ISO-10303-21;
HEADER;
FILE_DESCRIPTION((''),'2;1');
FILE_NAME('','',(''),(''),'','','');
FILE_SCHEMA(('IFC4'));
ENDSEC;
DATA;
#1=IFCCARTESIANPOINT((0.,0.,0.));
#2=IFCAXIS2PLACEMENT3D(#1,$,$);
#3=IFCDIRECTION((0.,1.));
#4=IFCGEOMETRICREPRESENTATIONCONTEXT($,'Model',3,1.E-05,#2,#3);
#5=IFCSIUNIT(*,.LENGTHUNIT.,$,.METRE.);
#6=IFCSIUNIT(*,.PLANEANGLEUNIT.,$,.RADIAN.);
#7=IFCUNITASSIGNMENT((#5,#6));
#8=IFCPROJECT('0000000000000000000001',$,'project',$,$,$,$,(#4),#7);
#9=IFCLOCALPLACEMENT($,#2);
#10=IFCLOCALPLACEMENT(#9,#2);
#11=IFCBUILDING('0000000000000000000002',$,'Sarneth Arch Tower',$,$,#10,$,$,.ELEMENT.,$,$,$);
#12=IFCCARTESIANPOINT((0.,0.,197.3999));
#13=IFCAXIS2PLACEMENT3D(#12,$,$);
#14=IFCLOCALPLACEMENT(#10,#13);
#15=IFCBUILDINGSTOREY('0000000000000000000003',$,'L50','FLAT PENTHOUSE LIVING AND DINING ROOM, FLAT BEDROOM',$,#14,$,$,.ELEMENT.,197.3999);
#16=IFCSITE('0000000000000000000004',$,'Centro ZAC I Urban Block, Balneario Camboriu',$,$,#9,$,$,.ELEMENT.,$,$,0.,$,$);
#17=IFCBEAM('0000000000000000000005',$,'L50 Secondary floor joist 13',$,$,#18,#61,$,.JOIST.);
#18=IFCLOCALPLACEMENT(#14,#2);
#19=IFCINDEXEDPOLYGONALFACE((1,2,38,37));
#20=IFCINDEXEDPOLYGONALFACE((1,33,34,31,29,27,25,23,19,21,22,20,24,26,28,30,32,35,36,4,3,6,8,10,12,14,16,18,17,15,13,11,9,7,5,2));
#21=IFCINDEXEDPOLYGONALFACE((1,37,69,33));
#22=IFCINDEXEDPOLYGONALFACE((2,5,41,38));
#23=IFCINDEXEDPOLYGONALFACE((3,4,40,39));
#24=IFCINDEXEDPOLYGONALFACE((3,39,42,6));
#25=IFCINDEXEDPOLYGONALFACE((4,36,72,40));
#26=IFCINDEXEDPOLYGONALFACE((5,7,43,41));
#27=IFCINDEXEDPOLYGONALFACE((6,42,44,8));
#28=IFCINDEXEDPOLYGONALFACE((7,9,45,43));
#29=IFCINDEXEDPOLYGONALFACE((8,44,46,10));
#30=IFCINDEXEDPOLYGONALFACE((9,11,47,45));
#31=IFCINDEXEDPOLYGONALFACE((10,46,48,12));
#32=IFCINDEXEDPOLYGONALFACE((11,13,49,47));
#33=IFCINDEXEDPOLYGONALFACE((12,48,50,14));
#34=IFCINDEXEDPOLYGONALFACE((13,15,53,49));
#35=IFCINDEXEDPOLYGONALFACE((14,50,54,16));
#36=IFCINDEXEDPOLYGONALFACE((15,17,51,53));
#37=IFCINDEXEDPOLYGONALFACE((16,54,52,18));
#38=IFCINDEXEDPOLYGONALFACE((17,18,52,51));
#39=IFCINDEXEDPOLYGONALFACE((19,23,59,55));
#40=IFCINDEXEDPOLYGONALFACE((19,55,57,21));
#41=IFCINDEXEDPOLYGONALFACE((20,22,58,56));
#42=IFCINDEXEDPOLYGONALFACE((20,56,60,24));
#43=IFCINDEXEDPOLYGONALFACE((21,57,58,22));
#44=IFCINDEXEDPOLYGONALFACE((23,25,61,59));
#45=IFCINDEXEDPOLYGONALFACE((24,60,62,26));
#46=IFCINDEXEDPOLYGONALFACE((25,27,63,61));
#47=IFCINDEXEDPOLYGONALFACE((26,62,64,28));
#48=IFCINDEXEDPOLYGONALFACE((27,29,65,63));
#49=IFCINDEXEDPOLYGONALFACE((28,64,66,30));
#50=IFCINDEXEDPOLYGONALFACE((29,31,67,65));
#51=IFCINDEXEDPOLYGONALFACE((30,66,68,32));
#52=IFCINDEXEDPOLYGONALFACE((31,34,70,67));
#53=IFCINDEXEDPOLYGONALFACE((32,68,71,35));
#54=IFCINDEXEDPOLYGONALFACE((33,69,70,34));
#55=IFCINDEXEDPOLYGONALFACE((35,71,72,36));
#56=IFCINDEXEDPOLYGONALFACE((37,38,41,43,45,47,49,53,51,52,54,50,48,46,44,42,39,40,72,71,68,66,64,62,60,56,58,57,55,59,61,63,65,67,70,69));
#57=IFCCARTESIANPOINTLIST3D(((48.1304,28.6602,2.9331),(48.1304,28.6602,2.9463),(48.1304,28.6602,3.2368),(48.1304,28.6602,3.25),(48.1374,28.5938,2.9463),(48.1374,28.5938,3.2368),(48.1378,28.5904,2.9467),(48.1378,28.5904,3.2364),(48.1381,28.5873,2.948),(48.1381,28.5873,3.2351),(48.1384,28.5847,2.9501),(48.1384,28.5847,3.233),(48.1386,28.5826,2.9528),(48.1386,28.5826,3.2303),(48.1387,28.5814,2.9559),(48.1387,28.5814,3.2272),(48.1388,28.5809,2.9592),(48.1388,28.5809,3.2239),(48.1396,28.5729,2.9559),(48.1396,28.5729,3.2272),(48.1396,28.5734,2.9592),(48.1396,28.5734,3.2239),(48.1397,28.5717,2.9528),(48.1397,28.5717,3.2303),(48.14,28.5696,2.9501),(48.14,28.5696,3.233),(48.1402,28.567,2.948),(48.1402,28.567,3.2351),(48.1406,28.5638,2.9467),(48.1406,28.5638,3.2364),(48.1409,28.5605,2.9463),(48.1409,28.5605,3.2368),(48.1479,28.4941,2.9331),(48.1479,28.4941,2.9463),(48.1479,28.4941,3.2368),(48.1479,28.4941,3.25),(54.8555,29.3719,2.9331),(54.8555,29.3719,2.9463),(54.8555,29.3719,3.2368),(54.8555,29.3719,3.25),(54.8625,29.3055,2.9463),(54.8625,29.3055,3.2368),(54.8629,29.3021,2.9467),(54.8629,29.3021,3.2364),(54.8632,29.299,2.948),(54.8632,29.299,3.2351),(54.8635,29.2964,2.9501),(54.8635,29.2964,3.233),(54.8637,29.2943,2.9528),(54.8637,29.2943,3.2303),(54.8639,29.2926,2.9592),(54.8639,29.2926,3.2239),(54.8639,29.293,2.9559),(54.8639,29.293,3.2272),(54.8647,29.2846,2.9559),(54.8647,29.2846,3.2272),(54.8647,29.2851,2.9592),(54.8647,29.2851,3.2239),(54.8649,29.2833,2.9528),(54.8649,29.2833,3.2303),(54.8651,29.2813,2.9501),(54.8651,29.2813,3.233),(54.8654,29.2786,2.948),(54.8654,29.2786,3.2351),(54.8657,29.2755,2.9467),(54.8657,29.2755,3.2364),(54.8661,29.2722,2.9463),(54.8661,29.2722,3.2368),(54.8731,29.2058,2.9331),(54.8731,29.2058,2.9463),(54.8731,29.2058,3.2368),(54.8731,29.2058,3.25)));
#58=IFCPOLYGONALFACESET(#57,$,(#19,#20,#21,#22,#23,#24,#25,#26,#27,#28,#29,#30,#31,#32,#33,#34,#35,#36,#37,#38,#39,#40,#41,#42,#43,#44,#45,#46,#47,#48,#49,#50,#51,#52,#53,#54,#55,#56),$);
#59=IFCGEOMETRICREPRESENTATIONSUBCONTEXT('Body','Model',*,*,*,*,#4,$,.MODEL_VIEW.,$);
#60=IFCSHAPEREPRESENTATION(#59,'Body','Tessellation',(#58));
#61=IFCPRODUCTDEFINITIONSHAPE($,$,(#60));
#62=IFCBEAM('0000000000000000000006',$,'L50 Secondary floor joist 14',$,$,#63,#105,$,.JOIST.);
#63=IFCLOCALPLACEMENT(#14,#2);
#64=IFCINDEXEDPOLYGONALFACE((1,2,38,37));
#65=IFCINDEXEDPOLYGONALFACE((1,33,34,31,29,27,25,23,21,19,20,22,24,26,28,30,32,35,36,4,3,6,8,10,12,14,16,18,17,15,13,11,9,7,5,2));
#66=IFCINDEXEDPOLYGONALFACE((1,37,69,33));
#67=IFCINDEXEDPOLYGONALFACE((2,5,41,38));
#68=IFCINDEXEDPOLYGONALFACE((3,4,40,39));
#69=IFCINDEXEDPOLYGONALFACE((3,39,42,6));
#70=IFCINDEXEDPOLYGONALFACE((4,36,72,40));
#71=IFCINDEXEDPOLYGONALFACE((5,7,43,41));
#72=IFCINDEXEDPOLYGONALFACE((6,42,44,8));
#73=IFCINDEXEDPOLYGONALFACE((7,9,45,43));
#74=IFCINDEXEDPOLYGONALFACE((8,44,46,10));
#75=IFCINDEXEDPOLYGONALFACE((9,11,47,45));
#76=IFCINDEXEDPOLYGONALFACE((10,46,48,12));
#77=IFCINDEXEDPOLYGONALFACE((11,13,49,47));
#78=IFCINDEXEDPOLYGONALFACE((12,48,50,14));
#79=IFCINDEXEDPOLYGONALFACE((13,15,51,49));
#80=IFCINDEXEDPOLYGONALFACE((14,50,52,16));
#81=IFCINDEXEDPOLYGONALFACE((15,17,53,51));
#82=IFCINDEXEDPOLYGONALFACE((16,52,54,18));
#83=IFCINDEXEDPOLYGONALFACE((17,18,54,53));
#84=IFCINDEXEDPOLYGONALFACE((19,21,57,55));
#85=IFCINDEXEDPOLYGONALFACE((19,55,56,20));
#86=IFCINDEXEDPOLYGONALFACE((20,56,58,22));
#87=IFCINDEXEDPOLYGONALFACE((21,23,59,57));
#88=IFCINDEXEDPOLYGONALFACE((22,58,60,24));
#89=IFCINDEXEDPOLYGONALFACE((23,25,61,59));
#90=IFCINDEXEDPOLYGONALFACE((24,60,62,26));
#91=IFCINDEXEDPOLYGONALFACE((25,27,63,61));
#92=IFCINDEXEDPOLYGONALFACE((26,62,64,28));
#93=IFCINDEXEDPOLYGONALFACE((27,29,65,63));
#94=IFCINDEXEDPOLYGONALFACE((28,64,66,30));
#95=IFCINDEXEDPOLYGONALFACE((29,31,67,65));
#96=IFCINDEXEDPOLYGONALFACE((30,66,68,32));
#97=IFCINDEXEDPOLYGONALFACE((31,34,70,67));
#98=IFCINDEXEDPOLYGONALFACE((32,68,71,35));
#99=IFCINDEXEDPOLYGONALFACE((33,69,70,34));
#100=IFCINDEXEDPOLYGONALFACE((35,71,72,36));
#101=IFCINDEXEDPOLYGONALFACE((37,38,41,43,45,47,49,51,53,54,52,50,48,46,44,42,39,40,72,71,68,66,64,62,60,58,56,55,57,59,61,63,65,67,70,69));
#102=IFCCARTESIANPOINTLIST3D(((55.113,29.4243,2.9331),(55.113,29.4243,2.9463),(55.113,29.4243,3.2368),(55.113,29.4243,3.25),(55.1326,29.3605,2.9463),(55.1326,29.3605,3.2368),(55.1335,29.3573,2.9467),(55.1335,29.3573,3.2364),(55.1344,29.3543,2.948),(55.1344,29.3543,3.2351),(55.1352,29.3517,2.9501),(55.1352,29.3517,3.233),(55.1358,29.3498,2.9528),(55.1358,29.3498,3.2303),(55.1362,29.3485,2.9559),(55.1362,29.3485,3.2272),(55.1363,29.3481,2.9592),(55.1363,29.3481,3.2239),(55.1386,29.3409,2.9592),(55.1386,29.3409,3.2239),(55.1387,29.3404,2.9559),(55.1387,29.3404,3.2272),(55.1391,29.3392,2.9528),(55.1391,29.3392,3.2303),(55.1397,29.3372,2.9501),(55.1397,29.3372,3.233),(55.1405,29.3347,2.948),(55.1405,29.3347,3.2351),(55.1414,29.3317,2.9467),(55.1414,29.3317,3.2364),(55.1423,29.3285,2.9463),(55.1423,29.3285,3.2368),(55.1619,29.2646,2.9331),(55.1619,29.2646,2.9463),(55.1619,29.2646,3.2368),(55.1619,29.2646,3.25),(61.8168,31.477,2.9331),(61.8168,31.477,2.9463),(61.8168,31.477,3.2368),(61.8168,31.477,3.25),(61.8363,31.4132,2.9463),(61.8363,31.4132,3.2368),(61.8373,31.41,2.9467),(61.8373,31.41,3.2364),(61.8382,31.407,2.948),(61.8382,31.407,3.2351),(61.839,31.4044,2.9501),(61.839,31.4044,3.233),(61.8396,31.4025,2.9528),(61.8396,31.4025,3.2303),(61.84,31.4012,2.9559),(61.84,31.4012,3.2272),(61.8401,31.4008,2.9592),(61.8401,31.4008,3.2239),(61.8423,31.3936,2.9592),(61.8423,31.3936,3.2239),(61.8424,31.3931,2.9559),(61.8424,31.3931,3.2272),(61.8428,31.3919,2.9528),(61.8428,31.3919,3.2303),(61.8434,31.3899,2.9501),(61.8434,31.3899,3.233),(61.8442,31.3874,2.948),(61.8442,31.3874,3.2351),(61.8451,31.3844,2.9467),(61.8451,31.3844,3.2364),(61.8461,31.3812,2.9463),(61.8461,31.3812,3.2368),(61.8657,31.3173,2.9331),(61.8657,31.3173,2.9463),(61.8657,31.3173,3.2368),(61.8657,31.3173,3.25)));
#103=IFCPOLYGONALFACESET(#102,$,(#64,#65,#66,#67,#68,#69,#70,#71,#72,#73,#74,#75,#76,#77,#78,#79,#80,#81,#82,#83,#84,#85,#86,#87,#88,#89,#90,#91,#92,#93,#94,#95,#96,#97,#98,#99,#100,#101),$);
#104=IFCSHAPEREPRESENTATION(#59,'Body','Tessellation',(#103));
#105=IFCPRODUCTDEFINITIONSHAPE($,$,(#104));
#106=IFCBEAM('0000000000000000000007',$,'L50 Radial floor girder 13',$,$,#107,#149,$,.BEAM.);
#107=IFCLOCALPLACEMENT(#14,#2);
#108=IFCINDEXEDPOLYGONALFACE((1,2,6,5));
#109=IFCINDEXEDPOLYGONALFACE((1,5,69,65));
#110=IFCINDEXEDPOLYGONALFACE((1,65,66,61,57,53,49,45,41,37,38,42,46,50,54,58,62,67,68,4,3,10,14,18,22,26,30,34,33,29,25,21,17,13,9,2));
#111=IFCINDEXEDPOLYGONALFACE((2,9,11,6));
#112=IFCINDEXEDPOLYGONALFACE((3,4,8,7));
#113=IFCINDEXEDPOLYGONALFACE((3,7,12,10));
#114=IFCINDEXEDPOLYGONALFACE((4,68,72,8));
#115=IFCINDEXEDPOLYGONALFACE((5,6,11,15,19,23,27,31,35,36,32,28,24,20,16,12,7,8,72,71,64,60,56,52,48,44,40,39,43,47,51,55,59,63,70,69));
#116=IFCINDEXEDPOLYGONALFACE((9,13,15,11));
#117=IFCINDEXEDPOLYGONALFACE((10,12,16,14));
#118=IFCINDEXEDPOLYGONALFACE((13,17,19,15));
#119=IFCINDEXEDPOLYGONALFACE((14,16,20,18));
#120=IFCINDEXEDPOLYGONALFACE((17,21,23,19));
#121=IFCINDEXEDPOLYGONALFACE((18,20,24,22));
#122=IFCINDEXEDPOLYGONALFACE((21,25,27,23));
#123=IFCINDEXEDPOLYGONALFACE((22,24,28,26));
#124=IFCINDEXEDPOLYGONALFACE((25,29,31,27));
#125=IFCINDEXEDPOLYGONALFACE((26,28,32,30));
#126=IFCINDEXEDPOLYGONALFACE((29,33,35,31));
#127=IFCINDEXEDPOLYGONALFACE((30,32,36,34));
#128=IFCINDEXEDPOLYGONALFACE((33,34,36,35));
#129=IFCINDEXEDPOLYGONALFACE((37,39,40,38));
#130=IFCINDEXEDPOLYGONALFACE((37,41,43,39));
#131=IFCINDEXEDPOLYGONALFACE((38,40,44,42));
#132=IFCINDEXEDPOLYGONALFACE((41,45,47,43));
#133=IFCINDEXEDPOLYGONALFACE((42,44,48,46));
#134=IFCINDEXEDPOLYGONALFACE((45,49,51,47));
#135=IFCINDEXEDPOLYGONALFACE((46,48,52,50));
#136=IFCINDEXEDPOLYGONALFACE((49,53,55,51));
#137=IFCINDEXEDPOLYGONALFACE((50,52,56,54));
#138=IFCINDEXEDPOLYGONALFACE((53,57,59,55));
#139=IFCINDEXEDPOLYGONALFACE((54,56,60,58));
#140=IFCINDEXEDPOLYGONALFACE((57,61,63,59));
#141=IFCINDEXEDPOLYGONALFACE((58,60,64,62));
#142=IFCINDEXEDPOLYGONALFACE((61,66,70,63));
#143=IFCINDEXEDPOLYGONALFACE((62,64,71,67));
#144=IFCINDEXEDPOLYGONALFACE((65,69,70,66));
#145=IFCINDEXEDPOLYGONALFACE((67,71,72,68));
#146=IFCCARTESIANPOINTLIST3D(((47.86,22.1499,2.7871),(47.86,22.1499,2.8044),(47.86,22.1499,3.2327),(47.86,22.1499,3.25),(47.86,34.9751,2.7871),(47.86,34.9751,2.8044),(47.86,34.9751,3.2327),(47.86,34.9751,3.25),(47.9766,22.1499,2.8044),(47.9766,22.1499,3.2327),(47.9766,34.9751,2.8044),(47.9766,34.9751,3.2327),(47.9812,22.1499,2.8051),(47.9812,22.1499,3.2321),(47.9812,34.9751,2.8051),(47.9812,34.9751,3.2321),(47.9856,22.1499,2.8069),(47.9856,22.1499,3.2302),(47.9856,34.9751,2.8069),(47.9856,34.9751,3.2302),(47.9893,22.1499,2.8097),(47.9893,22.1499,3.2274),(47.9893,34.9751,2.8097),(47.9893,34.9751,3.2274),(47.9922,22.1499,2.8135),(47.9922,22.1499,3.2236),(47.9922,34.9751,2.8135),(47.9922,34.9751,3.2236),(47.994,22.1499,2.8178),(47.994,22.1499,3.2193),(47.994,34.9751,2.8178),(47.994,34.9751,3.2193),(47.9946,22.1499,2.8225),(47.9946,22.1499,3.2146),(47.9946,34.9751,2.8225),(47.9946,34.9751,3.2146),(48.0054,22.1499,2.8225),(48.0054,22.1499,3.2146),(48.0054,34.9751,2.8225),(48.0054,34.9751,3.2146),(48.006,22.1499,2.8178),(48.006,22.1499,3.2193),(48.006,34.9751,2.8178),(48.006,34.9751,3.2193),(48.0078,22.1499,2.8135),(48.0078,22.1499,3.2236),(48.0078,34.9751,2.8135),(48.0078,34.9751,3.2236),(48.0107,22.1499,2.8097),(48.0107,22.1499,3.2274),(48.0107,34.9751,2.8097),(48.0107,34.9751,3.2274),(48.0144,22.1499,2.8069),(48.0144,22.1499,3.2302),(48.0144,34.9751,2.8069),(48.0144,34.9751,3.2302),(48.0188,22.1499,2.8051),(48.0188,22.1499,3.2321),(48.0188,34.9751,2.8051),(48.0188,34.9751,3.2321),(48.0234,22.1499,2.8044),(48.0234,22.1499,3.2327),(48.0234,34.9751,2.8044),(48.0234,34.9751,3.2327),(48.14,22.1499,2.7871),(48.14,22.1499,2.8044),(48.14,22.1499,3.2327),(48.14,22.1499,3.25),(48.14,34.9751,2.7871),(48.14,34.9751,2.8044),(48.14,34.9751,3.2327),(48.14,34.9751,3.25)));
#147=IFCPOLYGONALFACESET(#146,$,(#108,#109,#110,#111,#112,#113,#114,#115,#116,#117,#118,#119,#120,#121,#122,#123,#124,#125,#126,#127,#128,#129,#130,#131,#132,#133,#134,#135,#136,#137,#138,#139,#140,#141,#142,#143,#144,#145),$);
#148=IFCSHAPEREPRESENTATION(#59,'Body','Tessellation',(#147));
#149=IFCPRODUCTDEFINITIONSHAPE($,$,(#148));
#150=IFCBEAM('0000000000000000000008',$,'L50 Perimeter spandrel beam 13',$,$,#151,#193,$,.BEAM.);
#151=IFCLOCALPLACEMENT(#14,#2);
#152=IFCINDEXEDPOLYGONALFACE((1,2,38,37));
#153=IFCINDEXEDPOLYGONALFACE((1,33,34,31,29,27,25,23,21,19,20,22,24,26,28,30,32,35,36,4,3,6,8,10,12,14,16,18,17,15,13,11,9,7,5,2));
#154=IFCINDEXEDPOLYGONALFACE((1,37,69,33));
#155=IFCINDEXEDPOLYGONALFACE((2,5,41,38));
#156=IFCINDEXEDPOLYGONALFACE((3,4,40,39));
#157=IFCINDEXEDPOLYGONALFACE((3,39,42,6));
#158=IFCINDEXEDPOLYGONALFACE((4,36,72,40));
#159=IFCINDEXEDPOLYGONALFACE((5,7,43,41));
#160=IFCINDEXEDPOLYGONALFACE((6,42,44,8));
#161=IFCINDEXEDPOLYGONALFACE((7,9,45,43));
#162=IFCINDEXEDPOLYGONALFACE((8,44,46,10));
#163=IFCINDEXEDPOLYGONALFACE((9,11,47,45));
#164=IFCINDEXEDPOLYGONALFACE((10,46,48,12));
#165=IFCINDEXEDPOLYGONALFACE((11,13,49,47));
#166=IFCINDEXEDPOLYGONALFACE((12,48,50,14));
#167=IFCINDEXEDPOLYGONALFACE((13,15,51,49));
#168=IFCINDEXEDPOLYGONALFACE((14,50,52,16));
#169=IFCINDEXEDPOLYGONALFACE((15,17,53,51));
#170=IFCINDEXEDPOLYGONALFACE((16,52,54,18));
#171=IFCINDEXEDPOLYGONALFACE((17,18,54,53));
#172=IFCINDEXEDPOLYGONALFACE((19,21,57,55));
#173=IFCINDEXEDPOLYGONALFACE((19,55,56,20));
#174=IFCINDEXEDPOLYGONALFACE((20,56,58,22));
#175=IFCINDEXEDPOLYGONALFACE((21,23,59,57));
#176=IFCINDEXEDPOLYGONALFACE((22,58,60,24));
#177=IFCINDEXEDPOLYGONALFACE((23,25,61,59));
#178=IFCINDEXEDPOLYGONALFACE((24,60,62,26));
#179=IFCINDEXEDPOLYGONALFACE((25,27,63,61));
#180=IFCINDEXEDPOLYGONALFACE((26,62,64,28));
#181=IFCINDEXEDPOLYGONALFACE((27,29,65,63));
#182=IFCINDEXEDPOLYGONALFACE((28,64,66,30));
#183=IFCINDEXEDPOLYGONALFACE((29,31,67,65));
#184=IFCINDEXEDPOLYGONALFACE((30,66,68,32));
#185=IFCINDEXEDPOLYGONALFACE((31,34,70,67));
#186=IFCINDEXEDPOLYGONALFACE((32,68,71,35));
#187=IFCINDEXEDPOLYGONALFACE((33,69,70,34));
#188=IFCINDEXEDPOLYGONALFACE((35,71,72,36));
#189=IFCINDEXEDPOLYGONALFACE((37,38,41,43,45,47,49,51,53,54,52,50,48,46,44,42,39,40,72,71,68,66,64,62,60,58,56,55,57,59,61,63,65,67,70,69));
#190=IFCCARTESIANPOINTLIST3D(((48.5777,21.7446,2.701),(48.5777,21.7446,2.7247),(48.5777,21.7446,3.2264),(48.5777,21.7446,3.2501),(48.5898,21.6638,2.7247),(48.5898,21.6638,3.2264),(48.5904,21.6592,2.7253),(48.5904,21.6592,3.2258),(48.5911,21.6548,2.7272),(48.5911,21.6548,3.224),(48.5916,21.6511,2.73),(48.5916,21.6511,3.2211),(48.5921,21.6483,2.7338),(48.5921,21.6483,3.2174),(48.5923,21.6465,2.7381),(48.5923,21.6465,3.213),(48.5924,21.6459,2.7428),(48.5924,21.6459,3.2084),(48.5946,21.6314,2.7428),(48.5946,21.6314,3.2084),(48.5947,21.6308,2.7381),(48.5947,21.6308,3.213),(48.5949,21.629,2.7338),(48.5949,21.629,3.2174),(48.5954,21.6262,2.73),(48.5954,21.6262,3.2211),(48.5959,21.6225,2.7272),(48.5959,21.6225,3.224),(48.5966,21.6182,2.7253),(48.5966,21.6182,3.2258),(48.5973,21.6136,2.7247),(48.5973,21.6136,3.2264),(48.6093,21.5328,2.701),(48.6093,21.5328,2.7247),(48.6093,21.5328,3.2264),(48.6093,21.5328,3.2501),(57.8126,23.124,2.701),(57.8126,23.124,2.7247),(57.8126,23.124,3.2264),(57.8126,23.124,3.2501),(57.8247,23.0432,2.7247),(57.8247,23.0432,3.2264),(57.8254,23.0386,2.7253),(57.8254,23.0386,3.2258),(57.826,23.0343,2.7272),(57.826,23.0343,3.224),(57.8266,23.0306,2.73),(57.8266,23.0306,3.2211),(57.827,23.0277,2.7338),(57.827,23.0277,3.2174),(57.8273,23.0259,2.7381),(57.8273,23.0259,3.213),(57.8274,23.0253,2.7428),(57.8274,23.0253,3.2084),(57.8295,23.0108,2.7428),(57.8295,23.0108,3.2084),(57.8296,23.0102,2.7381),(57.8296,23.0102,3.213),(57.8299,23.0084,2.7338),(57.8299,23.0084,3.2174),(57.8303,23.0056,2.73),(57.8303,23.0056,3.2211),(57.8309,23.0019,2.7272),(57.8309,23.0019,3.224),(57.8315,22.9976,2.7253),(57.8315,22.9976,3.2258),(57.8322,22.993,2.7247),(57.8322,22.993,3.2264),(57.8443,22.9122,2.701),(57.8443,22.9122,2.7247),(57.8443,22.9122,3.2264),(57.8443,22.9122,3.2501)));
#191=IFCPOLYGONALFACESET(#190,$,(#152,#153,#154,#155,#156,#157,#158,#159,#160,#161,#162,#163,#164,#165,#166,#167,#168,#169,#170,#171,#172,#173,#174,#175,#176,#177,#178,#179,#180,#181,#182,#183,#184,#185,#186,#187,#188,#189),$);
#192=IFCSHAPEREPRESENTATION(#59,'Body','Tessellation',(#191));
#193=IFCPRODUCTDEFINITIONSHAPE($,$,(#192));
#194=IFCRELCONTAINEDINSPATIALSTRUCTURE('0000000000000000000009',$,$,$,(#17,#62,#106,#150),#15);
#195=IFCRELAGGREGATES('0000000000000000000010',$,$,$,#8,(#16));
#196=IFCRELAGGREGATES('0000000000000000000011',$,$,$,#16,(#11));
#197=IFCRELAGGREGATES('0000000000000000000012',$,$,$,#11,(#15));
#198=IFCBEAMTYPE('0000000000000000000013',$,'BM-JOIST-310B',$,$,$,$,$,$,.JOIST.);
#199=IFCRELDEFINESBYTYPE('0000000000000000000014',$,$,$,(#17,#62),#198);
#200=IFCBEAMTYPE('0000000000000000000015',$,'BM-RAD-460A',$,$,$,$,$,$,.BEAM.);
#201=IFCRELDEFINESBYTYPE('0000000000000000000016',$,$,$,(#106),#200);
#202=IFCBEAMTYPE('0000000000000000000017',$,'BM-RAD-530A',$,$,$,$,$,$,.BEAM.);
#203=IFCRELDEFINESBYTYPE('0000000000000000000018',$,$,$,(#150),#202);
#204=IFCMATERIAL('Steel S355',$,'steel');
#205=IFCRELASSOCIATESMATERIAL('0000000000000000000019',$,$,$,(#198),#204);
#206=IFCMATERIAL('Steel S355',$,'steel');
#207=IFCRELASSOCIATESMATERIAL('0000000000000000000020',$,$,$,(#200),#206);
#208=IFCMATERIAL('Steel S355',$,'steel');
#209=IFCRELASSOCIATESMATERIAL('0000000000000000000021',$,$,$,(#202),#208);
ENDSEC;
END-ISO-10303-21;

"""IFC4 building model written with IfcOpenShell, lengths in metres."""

from ifc_helpers import new_model, si_unit, direction, frame, origin, origin_2d, place, context, subcontext, project, spatial, i_section, extrude, material, material_profile, profile_set, type_object, element, save


model = new_model("IFC4")

# Units and contexts
model_context = context("Model", 3, precision=1e-05, world=origin(), true_north=direction((0.0, 1.0)))
body_context = subcontext(model_context, "Body", "Model", "MODEL_VIEW")
ifc_project = project(units=[si_unit("LENGTHUNIT", "METRE"), si_unit("PLANEANGLEUNIT", "RADIAN")], contexts=[model_context])

# Site, building, storey
site_placement = place(None, origin())
site = spatial("IfcSite", under=ifc_project, at=site_placement, Name="Centro ZAC I Urban Block, Balneario Camboriu", CompositionType="ELEMENT", RefElevation=0.0)
building_placement = place(site_placement, origin())
building = spatial("IfcBuilding", under=site, at=building_placement, Name="Sarneth Arch Tower", CompositionType="ELEMENT")
storey_placement = place(building_placement, frame((0.0, 0.0, 197.3999)))
storey = spatial("IfcBuildingStorey", under=building, at=storey_placement, Name="L50", Description="FLAT PENTHOUSE LIVING AND DINING ROOM, FLAT BEDROOM", CompositionType="ELEMENT", Elevation=197.3999)

# Beams
ifc_material_1 = material(Name="Steel S355", Category="steel")
ifc_material_profile_1 = material_profile(ifc_material_1, i_section(OverallWidth=0.167, OverallDepth=0.3169, WebThickness=0.0076, FlangeThickness=0.0132, FilletRadius=0.0129, at=origin_2d()), Name="W310x52")
ifc_profile_set_1 = profile_set([ifc_material_profile_1], Name="Steel S355")
beam_type_1 = type_object("IfcBeamType", Name="BM-JOIST-310B", PredefinedType="JOIST", material=ifc_profile_set_1)
beam_1_placement = place(storey_placement, frame((48.1392, 28.5771, 3.0916), z_axis=(0.994447, 0.105235, 0.0), x_axis=(-0.105235, 0.994447, 0.0)))
element("IfcBeam", 1, at=beam_1_placement, inside=storey, type_object=beam_type_1, Name="L50 Secondary floor joist 13", PredefinedType="JOIST", context=body_context, shape_type="SweptSolid", body=[
    extrude(i_section(OverallWidth=0.167, OverallDepth=0.3169, WebThickness=0.0076, FlangeThickness=0.0132, FilletRadius=0.0129, at=origin_2d()), origin(), (0.0, 0.0, 1.0), 6.7627),
])
beam_2_placement = place(storey_placement, frame((55.1375, 29.3445, 3.0916), z_axis=(0.956179, 0.292784, 0.0), x_axis=(-0.292784, 0.956179, 0.0)))
element("IfcBeam", 2, at=beam_2_placement, inside=storey, type_object=beam_type_1, Name="L50 Secondary floor joist 14", PredefinedType="JOIST", context=body_context, shape_type="SweptSolid", body=[
    extrude(i_section(OverallWidth=0.167, OverallDepth=0.3169, WebThickness=0.0076, FlangeThickness=0.0132, FilletRadius=0.0129, at=origin_2d()), origin(), (0.0, 0.0, 1.0), 7.011),
])
ifc_material_2 = material(Name="Steel S355", Category="steel")
ifc_material_profile_2 = material_profile(ifc_material_2, i_section(OverallWidth=0.28, OverallDepth=0.4629, WebThickness=0.0107, FlangeThickness=0.0173, FilletRadius=0.0181, at=origin_2d()), Name="W460x113")
ifc_profile_set_2 = profile_set([ifc_material_profile_2], Name="Steel S355")
beam_type_2 = type_object("IfcBeamType", Name="BM-RAD-460A", PredefinedType="BEAM", material=ifc_profile_set_2)
beam_3_placement = place(storey_placement, frame((48.0, 34.9751, 3.0186), z_axis=(0.0, -1.0, 0.0), x_axis=(1.0, 0.0, 0.0)))
element("IfcBeam", 3, at=beam_3_placement, inside=storey, type_object=beam_type_2, Name="L50 Radial floor girder 13", PredefinedType="BEAM", context=body_context, shape_type="SweptSolid", body=[
    extrude(i_section(OverallWidth=0.28, OverallDepth=0.4629, WebThickness=0.0107, FlangeThickness=0.0173, FilletRadius=0.0181, at=origin_2d()), origin(), (0.0, 0.0, 1.0), 12.8252),
])
ifc_material_3 = material(Name="Steel S355", Category="steel")
ifc_material_profile_3 = material_profile(ifc_material_3, i_section(OverallWidth=0.2141, OverallDepth=0.5491, WebThickness=0.0146, FlangeThickness=0.0237, FilletRadius=0.0181, at=origin_2d()), Name="W530x138")
ifc_profile_set_3 = profile_set([ifc_material_profile_3], Name="Steel S355")
beam_type_3 = type_object("IfcBeamType", Name="BM-RAD-530A", PredefinedType="BEAM", material=ifc_profile_set_3)
beam_4_placement = place(storey_placement, frame((48.5935, 21.6387, 2.9756), z_axis=(0.989028, 0.147729, 0.0), x_axis=(-0.147729, 0.989028, 0.0)))
element("IfcBeam", 4, at=beam_4_placement, inside=storey, type_object=beam_type_3, Name="L50 Perimeter spandrel beam 13", PredefinedType="BEAM", context=body_context, shape_type="SweptSolid", body=[
    extrude(i_section(OverallWidth=0.2141, OverallDepth=0.5491, WebThickness=0.0146, FlangeThickness=0.0237, FilletRadius=0.0181, at=origin_2d()), origin(), (0.0, 0.0, 1.0), 9.3374),
])

save(model, "model.ifc")
